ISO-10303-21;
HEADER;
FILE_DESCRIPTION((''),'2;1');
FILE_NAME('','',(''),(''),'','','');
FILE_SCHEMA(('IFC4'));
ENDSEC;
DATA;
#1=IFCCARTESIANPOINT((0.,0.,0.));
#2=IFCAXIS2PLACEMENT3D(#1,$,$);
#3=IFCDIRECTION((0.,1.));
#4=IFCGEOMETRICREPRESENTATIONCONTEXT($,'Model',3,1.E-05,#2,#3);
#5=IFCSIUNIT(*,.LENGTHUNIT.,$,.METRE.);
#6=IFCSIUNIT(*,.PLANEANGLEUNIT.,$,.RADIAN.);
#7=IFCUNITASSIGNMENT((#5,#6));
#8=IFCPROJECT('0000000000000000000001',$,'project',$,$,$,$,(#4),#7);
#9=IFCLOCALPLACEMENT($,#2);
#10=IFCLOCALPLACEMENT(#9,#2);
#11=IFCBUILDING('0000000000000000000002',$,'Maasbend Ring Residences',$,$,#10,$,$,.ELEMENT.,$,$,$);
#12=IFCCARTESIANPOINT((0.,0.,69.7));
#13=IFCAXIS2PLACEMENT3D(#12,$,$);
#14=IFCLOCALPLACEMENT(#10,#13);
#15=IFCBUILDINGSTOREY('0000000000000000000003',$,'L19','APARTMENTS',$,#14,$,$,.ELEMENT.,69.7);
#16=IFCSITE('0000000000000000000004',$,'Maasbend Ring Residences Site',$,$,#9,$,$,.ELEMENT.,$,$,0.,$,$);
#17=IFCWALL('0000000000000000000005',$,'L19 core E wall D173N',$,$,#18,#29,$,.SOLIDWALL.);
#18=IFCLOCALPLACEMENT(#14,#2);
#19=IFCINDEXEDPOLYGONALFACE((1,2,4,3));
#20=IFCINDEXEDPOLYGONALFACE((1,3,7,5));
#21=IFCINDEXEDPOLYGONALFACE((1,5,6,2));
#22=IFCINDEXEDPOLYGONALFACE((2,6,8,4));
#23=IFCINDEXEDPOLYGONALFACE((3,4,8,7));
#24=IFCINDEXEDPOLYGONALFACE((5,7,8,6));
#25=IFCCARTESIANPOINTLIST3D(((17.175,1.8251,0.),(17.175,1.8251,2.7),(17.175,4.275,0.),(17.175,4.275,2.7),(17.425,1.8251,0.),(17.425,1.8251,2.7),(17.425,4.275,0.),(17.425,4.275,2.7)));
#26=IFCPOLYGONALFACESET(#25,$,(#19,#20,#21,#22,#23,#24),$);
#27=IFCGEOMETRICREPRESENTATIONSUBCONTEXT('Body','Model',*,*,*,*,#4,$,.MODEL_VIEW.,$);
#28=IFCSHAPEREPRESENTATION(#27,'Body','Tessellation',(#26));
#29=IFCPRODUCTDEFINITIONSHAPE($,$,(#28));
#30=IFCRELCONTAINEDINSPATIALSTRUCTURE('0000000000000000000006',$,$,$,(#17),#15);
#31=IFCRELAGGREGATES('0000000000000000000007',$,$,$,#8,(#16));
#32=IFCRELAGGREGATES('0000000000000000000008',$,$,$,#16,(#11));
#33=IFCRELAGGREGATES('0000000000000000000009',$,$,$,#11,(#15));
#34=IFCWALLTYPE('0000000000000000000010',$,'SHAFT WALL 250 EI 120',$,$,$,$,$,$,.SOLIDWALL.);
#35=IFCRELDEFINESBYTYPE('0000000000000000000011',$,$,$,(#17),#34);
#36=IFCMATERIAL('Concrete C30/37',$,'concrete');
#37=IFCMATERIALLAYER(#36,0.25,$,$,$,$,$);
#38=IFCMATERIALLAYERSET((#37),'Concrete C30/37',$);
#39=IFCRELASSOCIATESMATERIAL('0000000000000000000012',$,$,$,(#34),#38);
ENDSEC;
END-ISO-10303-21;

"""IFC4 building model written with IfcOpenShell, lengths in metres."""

from ifc_helpers import new_model, si_unit, direction, frame, frame_2d, origin, place, context, subcontext, project, spatial, rectangle, extrude, material, layer, layer_set, type_object, element, save


model = new_model("IFC4")

# Units and contexts
model_context = context("Model", 3, precision=1e-05, world=origin(), true_north=direction((0.0, 1.0)))
body_context = subcontext(model_context, "Body", "Model", "MODEL_VIEW")
ifc_project = project(units=[si_unit("LENGTHUNIT", "METRE"), si_unit("PLANEANGLEUNIT", "RADIAN")], contexts=[model_context])

# Site, building, storey
site_placement = place(None, origin())
site = spatial("IfcSite", under=ifc_project, at=site_placement, Name="Maasbend Ring Residences Site", CompositionType="ELEMENT", RefElevation=0.0)
building_placement = place(site_placement, origin())
building = spatial("IfcBuilding", under=site, at=building_placement, Name="Maasbend Ring Residences", CompositionType="ELEMENT")
storey_placement = place(building_placement, frame((0.0, 0.0, 69.7)))
storey = spatial("IfcBuildingStorey", under=building, at=storey_placement, Name="L19", Description="APARTMENTS", CompositionType="ELEMENT", Elevation=69.7)

# Wall
ifc_material_1 = material(Name="Concrete C30/37", Category="concrete")
ifc_layer_1 = layer(ifc_material_1, 0.25)
ifc_layer_set_1 = layer_set([ifc_layer_1], Name="Concrete C30/37")
wall_type_1 = type_object("IfcWallType", Name="SHAFT WALL 250 EI 120", PredefinedType="SOLIDWALL", material=ifc_layer_set_1)
wall_1_placement = place(storey_placement, frame((17.3, 1.825, 0.0), z_axis=(0.0, 0.0, 1.0), x_axis=(0.0, 1.0, 0.0)))
element("IfcWall", 1, at=wall_1_placement, inside=storey, type_object=wall_type_1, Name="L19 core E wall D173N", PredefinedType="SOLIDWALL", context=body_context, shape_type="SweptSolid", body=[
    extrude(rectangle(XDim=2.45, YDim=0.25, at=frame_2d((1.2251, 0.0))), origin(), (0.0, 0.0, 1.0), 2.7),
])

save(model, "model.ifc")
